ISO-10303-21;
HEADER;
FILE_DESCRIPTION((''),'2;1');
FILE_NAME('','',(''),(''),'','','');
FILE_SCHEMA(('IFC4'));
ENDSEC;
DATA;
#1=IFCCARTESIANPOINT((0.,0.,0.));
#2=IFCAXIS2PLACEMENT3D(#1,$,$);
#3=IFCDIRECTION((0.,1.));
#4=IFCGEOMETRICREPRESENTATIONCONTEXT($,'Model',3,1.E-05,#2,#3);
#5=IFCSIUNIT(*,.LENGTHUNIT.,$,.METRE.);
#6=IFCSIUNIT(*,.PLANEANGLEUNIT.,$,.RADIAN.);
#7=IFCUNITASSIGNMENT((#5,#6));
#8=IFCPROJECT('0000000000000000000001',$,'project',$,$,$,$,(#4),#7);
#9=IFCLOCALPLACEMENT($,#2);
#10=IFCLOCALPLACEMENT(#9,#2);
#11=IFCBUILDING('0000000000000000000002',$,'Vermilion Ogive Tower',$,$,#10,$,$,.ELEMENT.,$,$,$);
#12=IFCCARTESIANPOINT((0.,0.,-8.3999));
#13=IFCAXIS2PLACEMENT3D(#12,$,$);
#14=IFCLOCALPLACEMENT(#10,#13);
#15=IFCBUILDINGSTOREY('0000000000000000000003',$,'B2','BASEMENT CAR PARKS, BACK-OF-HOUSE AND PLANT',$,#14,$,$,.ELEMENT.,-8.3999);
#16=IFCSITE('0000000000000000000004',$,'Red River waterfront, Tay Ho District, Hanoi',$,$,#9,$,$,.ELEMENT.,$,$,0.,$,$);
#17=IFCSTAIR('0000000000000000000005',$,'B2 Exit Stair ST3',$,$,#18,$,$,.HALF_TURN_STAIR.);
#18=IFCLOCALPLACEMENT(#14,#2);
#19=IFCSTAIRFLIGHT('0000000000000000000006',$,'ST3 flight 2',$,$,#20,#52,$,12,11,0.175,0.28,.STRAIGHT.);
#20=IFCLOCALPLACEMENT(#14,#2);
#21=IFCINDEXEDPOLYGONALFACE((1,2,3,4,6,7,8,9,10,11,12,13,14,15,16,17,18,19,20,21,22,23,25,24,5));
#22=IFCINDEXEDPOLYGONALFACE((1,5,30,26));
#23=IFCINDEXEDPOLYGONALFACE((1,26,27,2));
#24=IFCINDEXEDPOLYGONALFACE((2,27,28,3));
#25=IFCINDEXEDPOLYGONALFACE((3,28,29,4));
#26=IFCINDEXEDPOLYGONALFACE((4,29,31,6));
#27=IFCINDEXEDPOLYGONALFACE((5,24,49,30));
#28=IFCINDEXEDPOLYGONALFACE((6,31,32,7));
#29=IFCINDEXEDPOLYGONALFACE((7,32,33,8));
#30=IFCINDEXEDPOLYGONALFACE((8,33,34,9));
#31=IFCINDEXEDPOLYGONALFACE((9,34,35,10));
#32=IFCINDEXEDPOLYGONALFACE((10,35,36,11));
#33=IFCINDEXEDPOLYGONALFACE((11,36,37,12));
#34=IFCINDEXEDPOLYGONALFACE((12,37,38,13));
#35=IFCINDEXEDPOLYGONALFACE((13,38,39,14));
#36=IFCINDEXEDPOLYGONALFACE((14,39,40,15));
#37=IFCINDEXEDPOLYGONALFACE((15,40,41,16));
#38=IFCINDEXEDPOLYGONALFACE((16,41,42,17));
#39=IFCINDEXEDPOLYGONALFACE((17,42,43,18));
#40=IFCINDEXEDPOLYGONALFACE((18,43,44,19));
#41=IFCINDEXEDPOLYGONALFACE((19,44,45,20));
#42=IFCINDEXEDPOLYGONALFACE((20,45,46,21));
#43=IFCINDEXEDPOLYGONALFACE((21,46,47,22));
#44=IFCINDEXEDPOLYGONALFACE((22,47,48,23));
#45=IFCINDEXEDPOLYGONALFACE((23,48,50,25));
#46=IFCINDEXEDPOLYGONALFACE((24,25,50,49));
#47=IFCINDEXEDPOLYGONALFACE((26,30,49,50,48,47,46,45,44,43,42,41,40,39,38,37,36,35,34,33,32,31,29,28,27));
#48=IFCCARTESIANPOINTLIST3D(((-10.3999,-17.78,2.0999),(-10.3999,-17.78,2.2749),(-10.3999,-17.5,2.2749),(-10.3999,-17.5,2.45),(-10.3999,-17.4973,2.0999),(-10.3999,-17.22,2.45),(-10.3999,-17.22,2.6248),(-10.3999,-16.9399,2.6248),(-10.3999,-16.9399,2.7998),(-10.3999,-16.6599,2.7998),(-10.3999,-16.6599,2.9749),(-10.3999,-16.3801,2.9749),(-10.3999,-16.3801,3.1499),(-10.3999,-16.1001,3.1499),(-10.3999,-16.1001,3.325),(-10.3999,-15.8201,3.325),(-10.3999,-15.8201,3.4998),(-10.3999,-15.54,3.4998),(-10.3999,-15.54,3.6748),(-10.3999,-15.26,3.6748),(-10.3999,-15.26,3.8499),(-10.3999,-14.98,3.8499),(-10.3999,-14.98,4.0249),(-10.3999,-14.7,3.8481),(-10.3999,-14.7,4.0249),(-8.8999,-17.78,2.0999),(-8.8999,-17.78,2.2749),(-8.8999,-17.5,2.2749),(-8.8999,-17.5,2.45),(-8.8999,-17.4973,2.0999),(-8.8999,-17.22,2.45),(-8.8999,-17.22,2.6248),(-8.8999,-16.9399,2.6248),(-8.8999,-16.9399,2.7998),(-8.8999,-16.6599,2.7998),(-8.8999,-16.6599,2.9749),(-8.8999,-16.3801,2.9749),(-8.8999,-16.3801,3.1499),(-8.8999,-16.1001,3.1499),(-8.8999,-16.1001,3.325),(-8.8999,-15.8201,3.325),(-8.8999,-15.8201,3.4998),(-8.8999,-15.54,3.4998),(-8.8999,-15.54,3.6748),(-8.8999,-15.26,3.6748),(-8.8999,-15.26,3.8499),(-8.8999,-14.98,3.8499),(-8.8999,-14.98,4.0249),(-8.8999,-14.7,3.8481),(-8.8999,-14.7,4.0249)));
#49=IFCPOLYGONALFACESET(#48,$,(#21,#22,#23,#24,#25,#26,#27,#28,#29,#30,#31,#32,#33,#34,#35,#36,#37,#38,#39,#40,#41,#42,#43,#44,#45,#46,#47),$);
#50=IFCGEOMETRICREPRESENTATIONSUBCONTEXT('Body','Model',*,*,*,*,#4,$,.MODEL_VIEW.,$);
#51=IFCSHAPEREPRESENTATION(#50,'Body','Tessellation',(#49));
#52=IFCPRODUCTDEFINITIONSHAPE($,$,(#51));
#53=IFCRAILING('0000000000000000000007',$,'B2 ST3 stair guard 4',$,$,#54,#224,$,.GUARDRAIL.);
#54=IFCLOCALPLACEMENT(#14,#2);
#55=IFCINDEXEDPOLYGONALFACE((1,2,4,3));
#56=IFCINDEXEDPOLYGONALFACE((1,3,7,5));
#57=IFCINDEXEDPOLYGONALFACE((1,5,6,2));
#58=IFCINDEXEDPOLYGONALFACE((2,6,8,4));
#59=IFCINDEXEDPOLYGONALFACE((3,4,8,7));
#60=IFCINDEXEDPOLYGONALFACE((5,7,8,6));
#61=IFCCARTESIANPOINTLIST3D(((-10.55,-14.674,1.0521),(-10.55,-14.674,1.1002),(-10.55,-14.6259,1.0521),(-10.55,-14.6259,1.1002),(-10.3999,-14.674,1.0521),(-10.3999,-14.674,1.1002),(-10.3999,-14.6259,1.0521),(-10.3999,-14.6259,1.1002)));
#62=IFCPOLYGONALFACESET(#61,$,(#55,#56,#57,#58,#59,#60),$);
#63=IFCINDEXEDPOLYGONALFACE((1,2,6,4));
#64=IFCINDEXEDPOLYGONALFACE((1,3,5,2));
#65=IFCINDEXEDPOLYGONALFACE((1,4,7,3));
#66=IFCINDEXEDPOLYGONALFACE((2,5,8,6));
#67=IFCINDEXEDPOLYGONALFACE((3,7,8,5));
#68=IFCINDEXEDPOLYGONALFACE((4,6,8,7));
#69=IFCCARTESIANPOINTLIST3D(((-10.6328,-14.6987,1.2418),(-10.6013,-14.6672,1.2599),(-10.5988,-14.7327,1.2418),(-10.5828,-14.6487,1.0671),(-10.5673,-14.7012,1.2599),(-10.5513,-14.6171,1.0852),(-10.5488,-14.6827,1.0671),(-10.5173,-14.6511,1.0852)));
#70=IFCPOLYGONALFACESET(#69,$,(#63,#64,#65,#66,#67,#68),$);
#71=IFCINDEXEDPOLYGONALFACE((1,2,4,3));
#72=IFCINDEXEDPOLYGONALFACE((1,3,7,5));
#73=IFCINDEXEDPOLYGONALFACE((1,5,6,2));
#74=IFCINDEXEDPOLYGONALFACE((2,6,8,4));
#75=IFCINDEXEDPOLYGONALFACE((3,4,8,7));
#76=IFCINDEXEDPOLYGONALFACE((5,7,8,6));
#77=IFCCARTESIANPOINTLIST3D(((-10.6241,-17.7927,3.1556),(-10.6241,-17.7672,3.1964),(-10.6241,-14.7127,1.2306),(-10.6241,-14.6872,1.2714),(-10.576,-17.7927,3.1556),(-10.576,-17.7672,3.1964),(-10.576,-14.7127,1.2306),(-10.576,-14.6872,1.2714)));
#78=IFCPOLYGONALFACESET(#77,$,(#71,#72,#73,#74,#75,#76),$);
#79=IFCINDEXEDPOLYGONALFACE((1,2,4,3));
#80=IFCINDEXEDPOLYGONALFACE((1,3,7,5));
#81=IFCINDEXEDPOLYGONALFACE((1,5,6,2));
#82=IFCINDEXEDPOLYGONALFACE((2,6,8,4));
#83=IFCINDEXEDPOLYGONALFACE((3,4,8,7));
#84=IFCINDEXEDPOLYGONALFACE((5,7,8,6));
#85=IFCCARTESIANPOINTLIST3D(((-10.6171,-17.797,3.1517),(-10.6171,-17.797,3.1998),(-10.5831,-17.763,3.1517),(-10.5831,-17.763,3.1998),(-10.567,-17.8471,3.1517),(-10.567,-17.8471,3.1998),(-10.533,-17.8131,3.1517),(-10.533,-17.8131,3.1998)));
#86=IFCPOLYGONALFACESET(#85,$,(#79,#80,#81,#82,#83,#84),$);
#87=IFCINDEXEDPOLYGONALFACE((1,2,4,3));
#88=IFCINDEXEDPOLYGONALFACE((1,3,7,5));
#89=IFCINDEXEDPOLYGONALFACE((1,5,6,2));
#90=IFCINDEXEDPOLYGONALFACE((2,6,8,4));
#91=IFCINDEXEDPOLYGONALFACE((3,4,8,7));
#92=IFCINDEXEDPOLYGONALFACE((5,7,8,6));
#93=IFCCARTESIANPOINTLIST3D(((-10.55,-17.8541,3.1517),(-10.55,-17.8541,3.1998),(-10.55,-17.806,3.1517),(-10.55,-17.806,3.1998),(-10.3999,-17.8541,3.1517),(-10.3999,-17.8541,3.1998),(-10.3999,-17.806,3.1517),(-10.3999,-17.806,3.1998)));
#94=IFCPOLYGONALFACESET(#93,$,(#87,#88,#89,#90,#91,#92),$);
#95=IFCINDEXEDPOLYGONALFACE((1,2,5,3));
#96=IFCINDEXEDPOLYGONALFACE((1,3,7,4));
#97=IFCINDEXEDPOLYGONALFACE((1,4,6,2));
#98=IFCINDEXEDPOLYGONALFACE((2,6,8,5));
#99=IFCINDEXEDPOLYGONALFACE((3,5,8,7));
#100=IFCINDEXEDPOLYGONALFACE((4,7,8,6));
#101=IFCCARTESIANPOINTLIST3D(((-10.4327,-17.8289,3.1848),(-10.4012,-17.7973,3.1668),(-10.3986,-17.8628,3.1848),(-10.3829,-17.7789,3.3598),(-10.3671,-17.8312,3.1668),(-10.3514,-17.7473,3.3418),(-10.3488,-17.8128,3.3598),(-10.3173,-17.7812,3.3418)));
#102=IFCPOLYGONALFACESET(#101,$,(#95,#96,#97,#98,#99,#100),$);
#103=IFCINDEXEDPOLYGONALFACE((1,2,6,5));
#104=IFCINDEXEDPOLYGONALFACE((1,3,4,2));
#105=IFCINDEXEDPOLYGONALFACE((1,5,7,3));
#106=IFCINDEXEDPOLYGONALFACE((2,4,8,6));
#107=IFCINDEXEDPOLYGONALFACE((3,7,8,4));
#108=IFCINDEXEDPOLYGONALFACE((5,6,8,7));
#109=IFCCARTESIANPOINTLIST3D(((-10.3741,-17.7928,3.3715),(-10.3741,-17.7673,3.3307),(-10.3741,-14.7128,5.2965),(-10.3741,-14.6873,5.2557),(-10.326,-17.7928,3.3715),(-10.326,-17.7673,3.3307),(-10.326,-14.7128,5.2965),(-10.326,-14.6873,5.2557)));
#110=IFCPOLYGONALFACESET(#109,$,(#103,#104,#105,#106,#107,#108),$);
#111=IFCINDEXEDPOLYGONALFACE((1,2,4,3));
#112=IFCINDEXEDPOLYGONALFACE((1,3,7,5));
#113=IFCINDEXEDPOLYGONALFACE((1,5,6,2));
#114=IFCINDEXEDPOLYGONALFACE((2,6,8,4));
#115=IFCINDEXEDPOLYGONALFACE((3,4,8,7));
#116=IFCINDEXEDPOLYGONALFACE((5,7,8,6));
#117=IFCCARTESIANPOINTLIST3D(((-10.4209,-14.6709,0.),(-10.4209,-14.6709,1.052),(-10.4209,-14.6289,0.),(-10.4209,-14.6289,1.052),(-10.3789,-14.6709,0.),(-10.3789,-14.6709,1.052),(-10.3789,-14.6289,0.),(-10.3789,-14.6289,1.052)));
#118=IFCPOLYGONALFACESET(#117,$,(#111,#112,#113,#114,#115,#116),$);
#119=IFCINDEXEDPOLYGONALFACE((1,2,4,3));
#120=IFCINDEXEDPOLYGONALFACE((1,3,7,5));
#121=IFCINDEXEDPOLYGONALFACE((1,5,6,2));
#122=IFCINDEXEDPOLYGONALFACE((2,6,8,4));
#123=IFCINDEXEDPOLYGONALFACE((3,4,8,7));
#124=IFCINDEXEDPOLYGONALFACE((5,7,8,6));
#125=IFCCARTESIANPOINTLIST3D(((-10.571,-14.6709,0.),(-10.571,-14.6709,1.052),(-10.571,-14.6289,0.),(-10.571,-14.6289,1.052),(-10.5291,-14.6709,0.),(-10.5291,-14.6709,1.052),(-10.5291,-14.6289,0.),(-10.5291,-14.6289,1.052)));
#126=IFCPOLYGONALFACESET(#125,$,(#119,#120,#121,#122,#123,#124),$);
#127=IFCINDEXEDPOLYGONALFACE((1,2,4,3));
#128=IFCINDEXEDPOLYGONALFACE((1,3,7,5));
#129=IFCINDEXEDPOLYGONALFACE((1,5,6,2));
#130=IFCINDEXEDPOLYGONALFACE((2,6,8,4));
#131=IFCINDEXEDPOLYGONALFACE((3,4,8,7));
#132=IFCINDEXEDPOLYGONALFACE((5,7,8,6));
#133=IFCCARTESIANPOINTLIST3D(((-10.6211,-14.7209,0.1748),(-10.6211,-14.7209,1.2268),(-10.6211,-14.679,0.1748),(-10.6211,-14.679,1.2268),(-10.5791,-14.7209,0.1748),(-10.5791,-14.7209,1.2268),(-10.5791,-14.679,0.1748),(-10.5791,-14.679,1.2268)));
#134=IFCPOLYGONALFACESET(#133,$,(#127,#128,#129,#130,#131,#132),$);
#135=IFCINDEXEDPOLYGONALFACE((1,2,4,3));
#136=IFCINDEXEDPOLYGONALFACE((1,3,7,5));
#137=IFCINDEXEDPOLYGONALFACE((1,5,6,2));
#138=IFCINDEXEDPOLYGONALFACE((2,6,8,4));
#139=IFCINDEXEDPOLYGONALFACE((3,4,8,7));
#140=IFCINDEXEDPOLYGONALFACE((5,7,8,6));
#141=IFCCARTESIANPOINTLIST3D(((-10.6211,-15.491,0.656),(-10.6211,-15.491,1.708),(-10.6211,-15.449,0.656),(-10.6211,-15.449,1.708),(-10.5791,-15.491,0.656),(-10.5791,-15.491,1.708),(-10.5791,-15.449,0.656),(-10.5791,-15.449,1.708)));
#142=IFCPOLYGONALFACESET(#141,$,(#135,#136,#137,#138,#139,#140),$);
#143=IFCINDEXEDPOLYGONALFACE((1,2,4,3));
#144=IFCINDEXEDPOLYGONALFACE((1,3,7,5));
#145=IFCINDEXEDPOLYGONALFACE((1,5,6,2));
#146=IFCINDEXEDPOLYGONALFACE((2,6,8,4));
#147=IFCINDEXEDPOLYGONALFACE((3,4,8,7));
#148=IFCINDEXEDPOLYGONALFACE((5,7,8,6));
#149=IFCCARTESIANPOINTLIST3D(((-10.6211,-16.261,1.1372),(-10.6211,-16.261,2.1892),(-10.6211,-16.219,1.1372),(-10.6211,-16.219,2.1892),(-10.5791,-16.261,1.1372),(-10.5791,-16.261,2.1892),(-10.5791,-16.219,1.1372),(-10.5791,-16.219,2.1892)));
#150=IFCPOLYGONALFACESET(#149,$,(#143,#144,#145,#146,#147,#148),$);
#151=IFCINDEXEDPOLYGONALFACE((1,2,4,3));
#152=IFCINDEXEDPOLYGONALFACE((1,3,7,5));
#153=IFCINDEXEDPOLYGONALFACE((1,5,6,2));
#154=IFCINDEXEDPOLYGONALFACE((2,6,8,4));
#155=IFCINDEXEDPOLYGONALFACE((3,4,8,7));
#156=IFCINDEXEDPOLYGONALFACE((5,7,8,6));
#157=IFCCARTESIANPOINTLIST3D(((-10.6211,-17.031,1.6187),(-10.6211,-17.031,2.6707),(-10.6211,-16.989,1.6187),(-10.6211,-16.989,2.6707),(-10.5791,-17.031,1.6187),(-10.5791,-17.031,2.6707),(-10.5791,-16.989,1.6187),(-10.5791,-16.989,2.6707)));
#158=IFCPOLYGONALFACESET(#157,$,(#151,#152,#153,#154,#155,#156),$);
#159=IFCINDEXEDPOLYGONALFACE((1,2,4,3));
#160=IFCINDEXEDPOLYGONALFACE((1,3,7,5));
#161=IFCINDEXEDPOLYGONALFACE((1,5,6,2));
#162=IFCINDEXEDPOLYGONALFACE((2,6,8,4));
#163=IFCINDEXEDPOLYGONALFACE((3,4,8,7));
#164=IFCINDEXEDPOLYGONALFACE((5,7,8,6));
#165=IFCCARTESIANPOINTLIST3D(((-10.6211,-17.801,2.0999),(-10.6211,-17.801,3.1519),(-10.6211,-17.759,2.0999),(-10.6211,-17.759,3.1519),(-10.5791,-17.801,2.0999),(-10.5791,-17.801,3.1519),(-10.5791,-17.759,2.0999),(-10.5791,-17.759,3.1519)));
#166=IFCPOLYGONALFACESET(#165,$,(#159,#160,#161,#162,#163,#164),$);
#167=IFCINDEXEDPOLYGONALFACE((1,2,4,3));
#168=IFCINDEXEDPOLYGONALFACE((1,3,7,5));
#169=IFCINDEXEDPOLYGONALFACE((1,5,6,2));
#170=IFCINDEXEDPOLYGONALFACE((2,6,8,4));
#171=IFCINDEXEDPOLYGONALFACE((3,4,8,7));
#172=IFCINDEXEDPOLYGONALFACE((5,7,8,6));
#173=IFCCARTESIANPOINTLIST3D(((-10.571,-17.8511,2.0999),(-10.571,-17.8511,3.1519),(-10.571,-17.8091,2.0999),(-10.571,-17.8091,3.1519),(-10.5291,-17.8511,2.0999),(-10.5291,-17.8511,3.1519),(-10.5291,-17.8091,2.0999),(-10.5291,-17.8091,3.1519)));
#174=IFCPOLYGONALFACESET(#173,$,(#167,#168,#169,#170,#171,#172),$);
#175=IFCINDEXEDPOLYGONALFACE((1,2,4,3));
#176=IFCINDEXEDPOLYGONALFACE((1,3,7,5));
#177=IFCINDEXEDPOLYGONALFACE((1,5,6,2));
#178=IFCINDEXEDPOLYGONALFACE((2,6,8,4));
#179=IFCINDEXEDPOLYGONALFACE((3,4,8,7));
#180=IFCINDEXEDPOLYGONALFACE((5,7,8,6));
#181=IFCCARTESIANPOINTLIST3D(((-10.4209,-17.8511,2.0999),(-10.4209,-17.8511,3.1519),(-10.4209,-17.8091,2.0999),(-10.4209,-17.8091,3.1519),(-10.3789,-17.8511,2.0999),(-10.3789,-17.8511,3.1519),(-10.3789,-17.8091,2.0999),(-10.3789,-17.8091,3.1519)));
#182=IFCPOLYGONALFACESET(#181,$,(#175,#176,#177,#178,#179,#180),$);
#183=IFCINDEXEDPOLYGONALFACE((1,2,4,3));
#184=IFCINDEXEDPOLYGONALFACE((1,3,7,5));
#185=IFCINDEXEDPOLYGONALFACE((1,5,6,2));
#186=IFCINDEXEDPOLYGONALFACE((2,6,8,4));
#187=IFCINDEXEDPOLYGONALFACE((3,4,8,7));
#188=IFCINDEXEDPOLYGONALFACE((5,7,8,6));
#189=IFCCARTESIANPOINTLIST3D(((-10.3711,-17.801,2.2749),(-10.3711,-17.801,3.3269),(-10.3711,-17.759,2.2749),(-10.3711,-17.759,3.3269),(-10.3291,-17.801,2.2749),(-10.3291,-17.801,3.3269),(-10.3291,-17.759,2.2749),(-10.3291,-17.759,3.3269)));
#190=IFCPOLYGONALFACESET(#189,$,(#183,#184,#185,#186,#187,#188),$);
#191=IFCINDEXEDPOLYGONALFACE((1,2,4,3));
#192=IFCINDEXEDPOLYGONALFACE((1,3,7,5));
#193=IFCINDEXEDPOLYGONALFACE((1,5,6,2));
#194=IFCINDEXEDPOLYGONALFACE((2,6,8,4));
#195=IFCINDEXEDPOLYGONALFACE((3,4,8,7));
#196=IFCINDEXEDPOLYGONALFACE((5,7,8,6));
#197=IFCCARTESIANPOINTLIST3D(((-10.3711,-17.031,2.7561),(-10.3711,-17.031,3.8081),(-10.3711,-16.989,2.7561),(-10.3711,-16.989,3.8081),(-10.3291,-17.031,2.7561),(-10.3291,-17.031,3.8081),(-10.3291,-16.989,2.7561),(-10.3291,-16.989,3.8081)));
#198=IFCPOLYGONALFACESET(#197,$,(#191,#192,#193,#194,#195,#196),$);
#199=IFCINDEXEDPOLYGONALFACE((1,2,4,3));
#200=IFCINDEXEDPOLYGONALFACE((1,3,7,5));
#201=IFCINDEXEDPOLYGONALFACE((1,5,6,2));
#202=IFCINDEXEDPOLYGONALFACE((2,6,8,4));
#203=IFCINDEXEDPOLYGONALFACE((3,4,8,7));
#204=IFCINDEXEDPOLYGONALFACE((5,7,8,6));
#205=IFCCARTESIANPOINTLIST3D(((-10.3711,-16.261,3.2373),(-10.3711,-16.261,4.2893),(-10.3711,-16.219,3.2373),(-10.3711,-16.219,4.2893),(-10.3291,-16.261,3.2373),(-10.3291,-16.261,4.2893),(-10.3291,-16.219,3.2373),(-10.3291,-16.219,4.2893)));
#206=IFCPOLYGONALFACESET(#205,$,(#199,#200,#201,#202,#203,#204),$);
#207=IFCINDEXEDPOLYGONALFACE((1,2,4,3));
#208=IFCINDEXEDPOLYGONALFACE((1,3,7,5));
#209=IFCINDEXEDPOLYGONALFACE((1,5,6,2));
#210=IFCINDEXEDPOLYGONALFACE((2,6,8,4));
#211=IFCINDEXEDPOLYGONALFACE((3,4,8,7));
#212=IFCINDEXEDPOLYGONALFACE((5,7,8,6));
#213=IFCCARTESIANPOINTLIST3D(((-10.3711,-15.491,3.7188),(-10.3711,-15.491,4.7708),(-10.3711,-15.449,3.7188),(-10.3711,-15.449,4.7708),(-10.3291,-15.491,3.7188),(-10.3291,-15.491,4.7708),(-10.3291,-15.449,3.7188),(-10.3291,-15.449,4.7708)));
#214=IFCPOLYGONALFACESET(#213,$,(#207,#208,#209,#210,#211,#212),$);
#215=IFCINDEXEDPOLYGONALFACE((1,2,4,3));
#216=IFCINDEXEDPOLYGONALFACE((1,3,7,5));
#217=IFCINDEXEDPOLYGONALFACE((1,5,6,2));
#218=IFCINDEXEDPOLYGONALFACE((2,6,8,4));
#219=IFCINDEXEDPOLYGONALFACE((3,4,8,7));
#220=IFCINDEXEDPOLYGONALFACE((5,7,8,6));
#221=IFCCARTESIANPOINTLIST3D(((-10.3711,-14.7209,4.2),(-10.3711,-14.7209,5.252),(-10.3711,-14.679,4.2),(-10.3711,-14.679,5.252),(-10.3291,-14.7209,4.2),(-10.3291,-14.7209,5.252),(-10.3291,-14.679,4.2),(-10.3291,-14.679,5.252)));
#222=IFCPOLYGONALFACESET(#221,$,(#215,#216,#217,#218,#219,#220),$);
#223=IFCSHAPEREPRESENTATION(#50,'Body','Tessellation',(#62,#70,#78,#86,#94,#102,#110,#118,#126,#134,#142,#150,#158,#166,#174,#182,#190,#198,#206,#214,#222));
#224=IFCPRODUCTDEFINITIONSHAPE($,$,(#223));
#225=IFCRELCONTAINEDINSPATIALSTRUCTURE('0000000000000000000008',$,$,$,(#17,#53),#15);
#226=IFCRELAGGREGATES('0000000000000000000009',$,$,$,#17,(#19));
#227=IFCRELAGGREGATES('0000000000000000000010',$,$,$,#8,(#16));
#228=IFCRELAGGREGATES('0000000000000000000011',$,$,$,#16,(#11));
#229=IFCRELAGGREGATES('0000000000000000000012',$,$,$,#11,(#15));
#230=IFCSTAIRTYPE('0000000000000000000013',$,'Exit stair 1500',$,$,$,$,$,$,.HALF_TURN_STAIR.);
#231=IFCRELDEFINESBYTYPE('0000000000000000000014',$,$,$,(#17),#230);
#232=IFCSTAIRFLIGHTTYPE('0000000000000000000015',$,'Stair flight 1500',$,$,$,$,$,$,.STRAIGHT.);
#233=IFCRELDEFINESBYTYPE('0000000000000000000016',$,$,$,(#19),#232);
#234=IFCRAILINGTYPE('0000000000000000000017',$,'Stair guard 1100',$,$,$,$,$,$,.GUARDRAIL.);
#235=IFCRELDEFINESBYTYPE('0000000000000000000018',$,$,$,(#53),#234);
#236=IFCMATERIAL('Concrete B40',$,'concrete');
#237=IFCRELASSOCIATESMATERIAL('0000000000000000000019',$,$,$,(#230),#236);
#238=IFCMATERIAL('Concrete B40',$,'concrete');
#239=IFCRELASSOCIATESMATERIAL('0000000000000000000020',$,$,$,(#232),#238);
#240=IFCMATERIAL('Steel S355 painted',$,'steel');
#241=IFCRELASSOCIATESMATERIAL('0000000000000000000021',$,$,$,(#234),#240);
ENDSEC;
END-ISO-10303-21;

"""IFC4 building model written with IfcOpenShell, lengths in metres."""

from ifc_helpers import new_model, si_unit, direction, frame, origin, origin_2d, place, context, subcontext, project, spatial, polyline, rectangle, outline, extrude, material, type_object, element, aggregate, save


model = new_model("IFC4")

# Units and contexts
model_context = context("Model", 3, precision=1e-05, world=origin(), true_north=direction((0.0, 1.0)))
body_context = subcontext(model_context, "Body", "Model", "MODEL_VIEW")
ifc_project = project(units=[si_unit("LENGTHUNIT", "METRE"), si_unit("PLANEANGLEUNIT", "RADIAN")], contexts=[model_context])

# Site, building, storey
site_placement = place(None, origin())
site = spatial("IfcSite", under=ifc_project, at=site_placement, Name="Red River waterfront, Tay Ho District, Hanoi", CompositionType="ELEMENT", RefElevation=0.0)
building_placement = place(site_placement, origin())
building = spatial("IfcBuilding", under=site, at=building_placement, Name="Vermilion Ogive Tower", CompositionType="ELEMENT")
storey_placement = place(building_placement, frame((0.0, 0.0, -8.3999)))
storey = spatial("IfcBuildingStorey", under=building, at=storey_placement, Name="B2", Description="BASEMENT CAR PARKS, BACK-OF-HOUSE AND PLANT", CompositionType="ELEMENT", Elevation=-8.3999)

# Stair, stair flight
ifc_material_1 = material(Name="Concrete B40", Category="concrete")
stair_type = type_object("IfcStairType", Name="Exit stair 1500", PredefinedType="HALF_TURN_STAIR", material=ifc_material_1)
stair_placement = place(storey_placement, origin())
stair = element("IfcStair", 1, at=stair_placement, inside=storey, type_object=stair_type, Name="B2 Exit Stair ST3", PredefinedType="HALF_TURN_STAIR")
ifc_material_2 = material(Name="Concrete B40", Category="concrete")
stair_flight_type = type_object("IfcStairFlightType", Name="Stair flight 1500", PredefinedType="STRAIGHT", material=ifc_material_2)
stair_flight_1_placement = place(storey_placement, frame((-9.6499, -17.78, 2.0999), z_axis=(0.0, 0.0, 1.0), x_axis=(0.0, 1.0, 0.0)))
stair_flight_1 = element("IfcStairFlight", 2, at=stair_flight_1_placement, type_object=stair_flight_type, Name="ST3 flight 2", NumberOfRisers=12, NumberOfTreads=11, PredefinedType="STRAIGHT", RiserHeight=0.175, TreadLength=0.28, context=body_context, shape_type="SweptSolid", body=[
    extrude(outline(polyline([(0.0, 0.0), (0.0, 0.175), (0.28, 0.175), (0.28, 0.3501), (0.5601, 0.3501), (0.5601, 0.5249), (0.8401, 0.5249), (0.8401, 0.7), (1.1201, 0.7), (1.1201, 0.875), (1.3999, 0.875), (1.3999, 1.05), (1.6799, 1.05), (1.6799, 1.2251), (1.96, 1.2251), (1.96, 1.3999), (2.24, 1.3999), (2.24, 1.575), (2.52, 1.575), (2.52, 1.75), (2.8, 1.75), (2.8, 1.925), (3.0801, 1.925), (3.0801, 2.1001), (3.0801, 1.7483), (0.2827, 0.0), (0.0, 0.0)])), frame((0.0, 0.75, 0.0), z_axis=(0.0, -1.0, 0.0), x_axis=(1.0, 0.0, 0.0)), (0.0, 0.0, 1.0), 1.5),
])
aggregate(stair, [stair_flight_1])

# Railing
ifc_material_3 = material(Name="Steel S355 painted", Category="steel")
railing_type_1 = type_object("IfcRailingType", Name="Stair guard 1100", PredefinedType="GUARDRAIL", material=ifc_material_3)
railing_1_placement = place(storey_placement, frame((-10.3999, -14.6499, 0.0)))
element("IfcRailing", 3, at=railing_1_placement, inside=storey, type_object=railing_type_1, Name="B2 ST3 stair guard 4", PredefinedType="GUARDRAIL", context=body_context, shape_type="SweptSolid", body=[
    extrude(rectangle(XDim=0.0481, YDim=0.0481, at=origin_2d()), frame((0.0, 0.0, 1.0762), z_axis=(-1.0, 0.0, 0.0), x_axis=(0.0, -1.0, 0.0)), (0.0, 0.0, 1.0), 0.1501),
    extrude(rectangle(XDim=0.0481, YDim=0.0481, at=origin_2d()), frame((-0.1501, 0.0, 1.0762), z_axis=(-0.265383, -0.265383, 0.9269), x_axis=(0.707107, -0.707107, 0.0)), (0.0, 0.0, 1.0), 0.1885),
    extrude(rectangle(XDim=0.0481, YDim=0.0481, at=origin_2d()), frame((-0.2002, -0.05, 1.251), z_axis=(0.0, -0.847998, 0.529999), x_axis=(1.0, 0.0, 0.0)), (0.0, 0.0, 1.0), 3.6321),
    extrude(rectangle(XDim=0.0481, YDim=0.0481, at=origin_2d()), frame((-0.2002, -3.1301, 3.1758), z_axis=(0.707107, -0.707107, 0.0), x_axis=(0.707107, 0.707107, 0.0)), (0.0, 0.0, 1.0), 0.0708),
    extrude(rectangle(XDim=0.0481, YDim=0.0481, at=origin_2d()), frame((-0.1501, -3.1802, 3.1758), z_axis=(1.0, 0.0, 0.0), x_axis=(0.0, 1.0, 0.0)), (0.0, 0.0, 1.0), 0.1501),
    extrude(rectangle(XDim=0.0481, YDim=0.0481, at=origin_2d()), frame((0.0, -3.1802, 3.1758), z_axis=(0.263862, 0.265156, 0.927399), x_axis=(-0.708834, 0.705376, 0.0)), (0.0, 0.0, 1.0), 0.1887),
    extrude(rectangle(XDim=0.0481, YDim=0.0481, at=origin_2d()), frame((0.0498, -3.1301, 3.3511), z_axis=(0.0, 0.847998, 0.529999), x_axis=(-1.0, 0.0, 0.0)), (0.0, 0.0, 1.0), 3.6321),
    extrude(rectangle(XDim=0.042, YDim=0.042, at=origin_2d()), origin(), (0.0, 0.0, 1.0), 1.052),
    extrude(rectangle(XDim=0.042, YDim=0.042, at=origin_2d()), frame((-0.1501, 0.0, 0.0)), (0.0, 0.0, 1.0), 1.052),
    extrude(rectangle(XDim=0.042, YDim=0.042, at=origin_2d()), frame((-0.2002, -0.05, 0.1748)), (0.0, 0.0, 1.0), 1.052),
    extrude(rectangle(XDim=0.042, YDim=0.042, at=origin_2d()), frame((-0.2002, -0.8201, 0.656)), (0.0, 0.0, 1.0), 1.052),
    extrude(rectangle(XDim=0.042, YDim=0.042, at=origin_2d()), frame((-0.2002, -1.5901, 1.1372)), (0.0, 0.0, 1.0), 1.052),
    extrude(rectangle(XDim=0.042, YDim=0.042, at=origin_2d()), frame((-0.2002, -2.3601, 1.6187)), (0.0, 0.0, 1.0), 1.052),
    extrude(rectangle(XDim=0.042, YDim=0.042, at=origin_2d()), frame((-0.2002, -3.1301, 2.0999)), (0.0, 0.0, 1.0), 1.052),
    extrude(rectangle(XDim=0.042, YDim=0.042, at=origin_2d()), frame((-0.1501, -3.1802, 2.0999)), (0.0, 0.0, 1.0), 1.052),
    extrude(rectangle(XDim=0.042, YDim=0.042, at=origin_2d()), frame((0.0, -3.1802, 2.0999)), (0.0, 0.0, 1.0), 1.052),
    extrude(rectangle(XDim=0.042, YDim=0.042, at=origin_2d()), frame((0.0498, -3.1301, 2.2749)), (0.0, 0.0, 1.0), 1.052),
    extrude(rectangle(XDim=0.042, YDim=0.042, at=origin_2d()), frame((0.0498, -2.3601, 2.7561)), (0.0, 0.0, 1.0), 1.052),
    extrude(rectangle(XDim=0.042, YDim=0.042, at=origin_2d()), frame((0.0498, -1.5901, 3.2373)), (0.0, 0.0, 1.0), 1.052),
    extrude(rectangle(XDim=0.042, YDim=0.042, at=origin_2d()), frame((0.0498, -0.8201, 3.7188)), (0.0, 0.0, 1.0), 1.052),
    extrude(rectangle(XDim=0.042, YDim=0.042, at=origin_2d()), frame((0.0498, -0.05, 4.2)), (0.0, 0.0, 1.0), 1.052),
])

save(model, "model.ifc")
